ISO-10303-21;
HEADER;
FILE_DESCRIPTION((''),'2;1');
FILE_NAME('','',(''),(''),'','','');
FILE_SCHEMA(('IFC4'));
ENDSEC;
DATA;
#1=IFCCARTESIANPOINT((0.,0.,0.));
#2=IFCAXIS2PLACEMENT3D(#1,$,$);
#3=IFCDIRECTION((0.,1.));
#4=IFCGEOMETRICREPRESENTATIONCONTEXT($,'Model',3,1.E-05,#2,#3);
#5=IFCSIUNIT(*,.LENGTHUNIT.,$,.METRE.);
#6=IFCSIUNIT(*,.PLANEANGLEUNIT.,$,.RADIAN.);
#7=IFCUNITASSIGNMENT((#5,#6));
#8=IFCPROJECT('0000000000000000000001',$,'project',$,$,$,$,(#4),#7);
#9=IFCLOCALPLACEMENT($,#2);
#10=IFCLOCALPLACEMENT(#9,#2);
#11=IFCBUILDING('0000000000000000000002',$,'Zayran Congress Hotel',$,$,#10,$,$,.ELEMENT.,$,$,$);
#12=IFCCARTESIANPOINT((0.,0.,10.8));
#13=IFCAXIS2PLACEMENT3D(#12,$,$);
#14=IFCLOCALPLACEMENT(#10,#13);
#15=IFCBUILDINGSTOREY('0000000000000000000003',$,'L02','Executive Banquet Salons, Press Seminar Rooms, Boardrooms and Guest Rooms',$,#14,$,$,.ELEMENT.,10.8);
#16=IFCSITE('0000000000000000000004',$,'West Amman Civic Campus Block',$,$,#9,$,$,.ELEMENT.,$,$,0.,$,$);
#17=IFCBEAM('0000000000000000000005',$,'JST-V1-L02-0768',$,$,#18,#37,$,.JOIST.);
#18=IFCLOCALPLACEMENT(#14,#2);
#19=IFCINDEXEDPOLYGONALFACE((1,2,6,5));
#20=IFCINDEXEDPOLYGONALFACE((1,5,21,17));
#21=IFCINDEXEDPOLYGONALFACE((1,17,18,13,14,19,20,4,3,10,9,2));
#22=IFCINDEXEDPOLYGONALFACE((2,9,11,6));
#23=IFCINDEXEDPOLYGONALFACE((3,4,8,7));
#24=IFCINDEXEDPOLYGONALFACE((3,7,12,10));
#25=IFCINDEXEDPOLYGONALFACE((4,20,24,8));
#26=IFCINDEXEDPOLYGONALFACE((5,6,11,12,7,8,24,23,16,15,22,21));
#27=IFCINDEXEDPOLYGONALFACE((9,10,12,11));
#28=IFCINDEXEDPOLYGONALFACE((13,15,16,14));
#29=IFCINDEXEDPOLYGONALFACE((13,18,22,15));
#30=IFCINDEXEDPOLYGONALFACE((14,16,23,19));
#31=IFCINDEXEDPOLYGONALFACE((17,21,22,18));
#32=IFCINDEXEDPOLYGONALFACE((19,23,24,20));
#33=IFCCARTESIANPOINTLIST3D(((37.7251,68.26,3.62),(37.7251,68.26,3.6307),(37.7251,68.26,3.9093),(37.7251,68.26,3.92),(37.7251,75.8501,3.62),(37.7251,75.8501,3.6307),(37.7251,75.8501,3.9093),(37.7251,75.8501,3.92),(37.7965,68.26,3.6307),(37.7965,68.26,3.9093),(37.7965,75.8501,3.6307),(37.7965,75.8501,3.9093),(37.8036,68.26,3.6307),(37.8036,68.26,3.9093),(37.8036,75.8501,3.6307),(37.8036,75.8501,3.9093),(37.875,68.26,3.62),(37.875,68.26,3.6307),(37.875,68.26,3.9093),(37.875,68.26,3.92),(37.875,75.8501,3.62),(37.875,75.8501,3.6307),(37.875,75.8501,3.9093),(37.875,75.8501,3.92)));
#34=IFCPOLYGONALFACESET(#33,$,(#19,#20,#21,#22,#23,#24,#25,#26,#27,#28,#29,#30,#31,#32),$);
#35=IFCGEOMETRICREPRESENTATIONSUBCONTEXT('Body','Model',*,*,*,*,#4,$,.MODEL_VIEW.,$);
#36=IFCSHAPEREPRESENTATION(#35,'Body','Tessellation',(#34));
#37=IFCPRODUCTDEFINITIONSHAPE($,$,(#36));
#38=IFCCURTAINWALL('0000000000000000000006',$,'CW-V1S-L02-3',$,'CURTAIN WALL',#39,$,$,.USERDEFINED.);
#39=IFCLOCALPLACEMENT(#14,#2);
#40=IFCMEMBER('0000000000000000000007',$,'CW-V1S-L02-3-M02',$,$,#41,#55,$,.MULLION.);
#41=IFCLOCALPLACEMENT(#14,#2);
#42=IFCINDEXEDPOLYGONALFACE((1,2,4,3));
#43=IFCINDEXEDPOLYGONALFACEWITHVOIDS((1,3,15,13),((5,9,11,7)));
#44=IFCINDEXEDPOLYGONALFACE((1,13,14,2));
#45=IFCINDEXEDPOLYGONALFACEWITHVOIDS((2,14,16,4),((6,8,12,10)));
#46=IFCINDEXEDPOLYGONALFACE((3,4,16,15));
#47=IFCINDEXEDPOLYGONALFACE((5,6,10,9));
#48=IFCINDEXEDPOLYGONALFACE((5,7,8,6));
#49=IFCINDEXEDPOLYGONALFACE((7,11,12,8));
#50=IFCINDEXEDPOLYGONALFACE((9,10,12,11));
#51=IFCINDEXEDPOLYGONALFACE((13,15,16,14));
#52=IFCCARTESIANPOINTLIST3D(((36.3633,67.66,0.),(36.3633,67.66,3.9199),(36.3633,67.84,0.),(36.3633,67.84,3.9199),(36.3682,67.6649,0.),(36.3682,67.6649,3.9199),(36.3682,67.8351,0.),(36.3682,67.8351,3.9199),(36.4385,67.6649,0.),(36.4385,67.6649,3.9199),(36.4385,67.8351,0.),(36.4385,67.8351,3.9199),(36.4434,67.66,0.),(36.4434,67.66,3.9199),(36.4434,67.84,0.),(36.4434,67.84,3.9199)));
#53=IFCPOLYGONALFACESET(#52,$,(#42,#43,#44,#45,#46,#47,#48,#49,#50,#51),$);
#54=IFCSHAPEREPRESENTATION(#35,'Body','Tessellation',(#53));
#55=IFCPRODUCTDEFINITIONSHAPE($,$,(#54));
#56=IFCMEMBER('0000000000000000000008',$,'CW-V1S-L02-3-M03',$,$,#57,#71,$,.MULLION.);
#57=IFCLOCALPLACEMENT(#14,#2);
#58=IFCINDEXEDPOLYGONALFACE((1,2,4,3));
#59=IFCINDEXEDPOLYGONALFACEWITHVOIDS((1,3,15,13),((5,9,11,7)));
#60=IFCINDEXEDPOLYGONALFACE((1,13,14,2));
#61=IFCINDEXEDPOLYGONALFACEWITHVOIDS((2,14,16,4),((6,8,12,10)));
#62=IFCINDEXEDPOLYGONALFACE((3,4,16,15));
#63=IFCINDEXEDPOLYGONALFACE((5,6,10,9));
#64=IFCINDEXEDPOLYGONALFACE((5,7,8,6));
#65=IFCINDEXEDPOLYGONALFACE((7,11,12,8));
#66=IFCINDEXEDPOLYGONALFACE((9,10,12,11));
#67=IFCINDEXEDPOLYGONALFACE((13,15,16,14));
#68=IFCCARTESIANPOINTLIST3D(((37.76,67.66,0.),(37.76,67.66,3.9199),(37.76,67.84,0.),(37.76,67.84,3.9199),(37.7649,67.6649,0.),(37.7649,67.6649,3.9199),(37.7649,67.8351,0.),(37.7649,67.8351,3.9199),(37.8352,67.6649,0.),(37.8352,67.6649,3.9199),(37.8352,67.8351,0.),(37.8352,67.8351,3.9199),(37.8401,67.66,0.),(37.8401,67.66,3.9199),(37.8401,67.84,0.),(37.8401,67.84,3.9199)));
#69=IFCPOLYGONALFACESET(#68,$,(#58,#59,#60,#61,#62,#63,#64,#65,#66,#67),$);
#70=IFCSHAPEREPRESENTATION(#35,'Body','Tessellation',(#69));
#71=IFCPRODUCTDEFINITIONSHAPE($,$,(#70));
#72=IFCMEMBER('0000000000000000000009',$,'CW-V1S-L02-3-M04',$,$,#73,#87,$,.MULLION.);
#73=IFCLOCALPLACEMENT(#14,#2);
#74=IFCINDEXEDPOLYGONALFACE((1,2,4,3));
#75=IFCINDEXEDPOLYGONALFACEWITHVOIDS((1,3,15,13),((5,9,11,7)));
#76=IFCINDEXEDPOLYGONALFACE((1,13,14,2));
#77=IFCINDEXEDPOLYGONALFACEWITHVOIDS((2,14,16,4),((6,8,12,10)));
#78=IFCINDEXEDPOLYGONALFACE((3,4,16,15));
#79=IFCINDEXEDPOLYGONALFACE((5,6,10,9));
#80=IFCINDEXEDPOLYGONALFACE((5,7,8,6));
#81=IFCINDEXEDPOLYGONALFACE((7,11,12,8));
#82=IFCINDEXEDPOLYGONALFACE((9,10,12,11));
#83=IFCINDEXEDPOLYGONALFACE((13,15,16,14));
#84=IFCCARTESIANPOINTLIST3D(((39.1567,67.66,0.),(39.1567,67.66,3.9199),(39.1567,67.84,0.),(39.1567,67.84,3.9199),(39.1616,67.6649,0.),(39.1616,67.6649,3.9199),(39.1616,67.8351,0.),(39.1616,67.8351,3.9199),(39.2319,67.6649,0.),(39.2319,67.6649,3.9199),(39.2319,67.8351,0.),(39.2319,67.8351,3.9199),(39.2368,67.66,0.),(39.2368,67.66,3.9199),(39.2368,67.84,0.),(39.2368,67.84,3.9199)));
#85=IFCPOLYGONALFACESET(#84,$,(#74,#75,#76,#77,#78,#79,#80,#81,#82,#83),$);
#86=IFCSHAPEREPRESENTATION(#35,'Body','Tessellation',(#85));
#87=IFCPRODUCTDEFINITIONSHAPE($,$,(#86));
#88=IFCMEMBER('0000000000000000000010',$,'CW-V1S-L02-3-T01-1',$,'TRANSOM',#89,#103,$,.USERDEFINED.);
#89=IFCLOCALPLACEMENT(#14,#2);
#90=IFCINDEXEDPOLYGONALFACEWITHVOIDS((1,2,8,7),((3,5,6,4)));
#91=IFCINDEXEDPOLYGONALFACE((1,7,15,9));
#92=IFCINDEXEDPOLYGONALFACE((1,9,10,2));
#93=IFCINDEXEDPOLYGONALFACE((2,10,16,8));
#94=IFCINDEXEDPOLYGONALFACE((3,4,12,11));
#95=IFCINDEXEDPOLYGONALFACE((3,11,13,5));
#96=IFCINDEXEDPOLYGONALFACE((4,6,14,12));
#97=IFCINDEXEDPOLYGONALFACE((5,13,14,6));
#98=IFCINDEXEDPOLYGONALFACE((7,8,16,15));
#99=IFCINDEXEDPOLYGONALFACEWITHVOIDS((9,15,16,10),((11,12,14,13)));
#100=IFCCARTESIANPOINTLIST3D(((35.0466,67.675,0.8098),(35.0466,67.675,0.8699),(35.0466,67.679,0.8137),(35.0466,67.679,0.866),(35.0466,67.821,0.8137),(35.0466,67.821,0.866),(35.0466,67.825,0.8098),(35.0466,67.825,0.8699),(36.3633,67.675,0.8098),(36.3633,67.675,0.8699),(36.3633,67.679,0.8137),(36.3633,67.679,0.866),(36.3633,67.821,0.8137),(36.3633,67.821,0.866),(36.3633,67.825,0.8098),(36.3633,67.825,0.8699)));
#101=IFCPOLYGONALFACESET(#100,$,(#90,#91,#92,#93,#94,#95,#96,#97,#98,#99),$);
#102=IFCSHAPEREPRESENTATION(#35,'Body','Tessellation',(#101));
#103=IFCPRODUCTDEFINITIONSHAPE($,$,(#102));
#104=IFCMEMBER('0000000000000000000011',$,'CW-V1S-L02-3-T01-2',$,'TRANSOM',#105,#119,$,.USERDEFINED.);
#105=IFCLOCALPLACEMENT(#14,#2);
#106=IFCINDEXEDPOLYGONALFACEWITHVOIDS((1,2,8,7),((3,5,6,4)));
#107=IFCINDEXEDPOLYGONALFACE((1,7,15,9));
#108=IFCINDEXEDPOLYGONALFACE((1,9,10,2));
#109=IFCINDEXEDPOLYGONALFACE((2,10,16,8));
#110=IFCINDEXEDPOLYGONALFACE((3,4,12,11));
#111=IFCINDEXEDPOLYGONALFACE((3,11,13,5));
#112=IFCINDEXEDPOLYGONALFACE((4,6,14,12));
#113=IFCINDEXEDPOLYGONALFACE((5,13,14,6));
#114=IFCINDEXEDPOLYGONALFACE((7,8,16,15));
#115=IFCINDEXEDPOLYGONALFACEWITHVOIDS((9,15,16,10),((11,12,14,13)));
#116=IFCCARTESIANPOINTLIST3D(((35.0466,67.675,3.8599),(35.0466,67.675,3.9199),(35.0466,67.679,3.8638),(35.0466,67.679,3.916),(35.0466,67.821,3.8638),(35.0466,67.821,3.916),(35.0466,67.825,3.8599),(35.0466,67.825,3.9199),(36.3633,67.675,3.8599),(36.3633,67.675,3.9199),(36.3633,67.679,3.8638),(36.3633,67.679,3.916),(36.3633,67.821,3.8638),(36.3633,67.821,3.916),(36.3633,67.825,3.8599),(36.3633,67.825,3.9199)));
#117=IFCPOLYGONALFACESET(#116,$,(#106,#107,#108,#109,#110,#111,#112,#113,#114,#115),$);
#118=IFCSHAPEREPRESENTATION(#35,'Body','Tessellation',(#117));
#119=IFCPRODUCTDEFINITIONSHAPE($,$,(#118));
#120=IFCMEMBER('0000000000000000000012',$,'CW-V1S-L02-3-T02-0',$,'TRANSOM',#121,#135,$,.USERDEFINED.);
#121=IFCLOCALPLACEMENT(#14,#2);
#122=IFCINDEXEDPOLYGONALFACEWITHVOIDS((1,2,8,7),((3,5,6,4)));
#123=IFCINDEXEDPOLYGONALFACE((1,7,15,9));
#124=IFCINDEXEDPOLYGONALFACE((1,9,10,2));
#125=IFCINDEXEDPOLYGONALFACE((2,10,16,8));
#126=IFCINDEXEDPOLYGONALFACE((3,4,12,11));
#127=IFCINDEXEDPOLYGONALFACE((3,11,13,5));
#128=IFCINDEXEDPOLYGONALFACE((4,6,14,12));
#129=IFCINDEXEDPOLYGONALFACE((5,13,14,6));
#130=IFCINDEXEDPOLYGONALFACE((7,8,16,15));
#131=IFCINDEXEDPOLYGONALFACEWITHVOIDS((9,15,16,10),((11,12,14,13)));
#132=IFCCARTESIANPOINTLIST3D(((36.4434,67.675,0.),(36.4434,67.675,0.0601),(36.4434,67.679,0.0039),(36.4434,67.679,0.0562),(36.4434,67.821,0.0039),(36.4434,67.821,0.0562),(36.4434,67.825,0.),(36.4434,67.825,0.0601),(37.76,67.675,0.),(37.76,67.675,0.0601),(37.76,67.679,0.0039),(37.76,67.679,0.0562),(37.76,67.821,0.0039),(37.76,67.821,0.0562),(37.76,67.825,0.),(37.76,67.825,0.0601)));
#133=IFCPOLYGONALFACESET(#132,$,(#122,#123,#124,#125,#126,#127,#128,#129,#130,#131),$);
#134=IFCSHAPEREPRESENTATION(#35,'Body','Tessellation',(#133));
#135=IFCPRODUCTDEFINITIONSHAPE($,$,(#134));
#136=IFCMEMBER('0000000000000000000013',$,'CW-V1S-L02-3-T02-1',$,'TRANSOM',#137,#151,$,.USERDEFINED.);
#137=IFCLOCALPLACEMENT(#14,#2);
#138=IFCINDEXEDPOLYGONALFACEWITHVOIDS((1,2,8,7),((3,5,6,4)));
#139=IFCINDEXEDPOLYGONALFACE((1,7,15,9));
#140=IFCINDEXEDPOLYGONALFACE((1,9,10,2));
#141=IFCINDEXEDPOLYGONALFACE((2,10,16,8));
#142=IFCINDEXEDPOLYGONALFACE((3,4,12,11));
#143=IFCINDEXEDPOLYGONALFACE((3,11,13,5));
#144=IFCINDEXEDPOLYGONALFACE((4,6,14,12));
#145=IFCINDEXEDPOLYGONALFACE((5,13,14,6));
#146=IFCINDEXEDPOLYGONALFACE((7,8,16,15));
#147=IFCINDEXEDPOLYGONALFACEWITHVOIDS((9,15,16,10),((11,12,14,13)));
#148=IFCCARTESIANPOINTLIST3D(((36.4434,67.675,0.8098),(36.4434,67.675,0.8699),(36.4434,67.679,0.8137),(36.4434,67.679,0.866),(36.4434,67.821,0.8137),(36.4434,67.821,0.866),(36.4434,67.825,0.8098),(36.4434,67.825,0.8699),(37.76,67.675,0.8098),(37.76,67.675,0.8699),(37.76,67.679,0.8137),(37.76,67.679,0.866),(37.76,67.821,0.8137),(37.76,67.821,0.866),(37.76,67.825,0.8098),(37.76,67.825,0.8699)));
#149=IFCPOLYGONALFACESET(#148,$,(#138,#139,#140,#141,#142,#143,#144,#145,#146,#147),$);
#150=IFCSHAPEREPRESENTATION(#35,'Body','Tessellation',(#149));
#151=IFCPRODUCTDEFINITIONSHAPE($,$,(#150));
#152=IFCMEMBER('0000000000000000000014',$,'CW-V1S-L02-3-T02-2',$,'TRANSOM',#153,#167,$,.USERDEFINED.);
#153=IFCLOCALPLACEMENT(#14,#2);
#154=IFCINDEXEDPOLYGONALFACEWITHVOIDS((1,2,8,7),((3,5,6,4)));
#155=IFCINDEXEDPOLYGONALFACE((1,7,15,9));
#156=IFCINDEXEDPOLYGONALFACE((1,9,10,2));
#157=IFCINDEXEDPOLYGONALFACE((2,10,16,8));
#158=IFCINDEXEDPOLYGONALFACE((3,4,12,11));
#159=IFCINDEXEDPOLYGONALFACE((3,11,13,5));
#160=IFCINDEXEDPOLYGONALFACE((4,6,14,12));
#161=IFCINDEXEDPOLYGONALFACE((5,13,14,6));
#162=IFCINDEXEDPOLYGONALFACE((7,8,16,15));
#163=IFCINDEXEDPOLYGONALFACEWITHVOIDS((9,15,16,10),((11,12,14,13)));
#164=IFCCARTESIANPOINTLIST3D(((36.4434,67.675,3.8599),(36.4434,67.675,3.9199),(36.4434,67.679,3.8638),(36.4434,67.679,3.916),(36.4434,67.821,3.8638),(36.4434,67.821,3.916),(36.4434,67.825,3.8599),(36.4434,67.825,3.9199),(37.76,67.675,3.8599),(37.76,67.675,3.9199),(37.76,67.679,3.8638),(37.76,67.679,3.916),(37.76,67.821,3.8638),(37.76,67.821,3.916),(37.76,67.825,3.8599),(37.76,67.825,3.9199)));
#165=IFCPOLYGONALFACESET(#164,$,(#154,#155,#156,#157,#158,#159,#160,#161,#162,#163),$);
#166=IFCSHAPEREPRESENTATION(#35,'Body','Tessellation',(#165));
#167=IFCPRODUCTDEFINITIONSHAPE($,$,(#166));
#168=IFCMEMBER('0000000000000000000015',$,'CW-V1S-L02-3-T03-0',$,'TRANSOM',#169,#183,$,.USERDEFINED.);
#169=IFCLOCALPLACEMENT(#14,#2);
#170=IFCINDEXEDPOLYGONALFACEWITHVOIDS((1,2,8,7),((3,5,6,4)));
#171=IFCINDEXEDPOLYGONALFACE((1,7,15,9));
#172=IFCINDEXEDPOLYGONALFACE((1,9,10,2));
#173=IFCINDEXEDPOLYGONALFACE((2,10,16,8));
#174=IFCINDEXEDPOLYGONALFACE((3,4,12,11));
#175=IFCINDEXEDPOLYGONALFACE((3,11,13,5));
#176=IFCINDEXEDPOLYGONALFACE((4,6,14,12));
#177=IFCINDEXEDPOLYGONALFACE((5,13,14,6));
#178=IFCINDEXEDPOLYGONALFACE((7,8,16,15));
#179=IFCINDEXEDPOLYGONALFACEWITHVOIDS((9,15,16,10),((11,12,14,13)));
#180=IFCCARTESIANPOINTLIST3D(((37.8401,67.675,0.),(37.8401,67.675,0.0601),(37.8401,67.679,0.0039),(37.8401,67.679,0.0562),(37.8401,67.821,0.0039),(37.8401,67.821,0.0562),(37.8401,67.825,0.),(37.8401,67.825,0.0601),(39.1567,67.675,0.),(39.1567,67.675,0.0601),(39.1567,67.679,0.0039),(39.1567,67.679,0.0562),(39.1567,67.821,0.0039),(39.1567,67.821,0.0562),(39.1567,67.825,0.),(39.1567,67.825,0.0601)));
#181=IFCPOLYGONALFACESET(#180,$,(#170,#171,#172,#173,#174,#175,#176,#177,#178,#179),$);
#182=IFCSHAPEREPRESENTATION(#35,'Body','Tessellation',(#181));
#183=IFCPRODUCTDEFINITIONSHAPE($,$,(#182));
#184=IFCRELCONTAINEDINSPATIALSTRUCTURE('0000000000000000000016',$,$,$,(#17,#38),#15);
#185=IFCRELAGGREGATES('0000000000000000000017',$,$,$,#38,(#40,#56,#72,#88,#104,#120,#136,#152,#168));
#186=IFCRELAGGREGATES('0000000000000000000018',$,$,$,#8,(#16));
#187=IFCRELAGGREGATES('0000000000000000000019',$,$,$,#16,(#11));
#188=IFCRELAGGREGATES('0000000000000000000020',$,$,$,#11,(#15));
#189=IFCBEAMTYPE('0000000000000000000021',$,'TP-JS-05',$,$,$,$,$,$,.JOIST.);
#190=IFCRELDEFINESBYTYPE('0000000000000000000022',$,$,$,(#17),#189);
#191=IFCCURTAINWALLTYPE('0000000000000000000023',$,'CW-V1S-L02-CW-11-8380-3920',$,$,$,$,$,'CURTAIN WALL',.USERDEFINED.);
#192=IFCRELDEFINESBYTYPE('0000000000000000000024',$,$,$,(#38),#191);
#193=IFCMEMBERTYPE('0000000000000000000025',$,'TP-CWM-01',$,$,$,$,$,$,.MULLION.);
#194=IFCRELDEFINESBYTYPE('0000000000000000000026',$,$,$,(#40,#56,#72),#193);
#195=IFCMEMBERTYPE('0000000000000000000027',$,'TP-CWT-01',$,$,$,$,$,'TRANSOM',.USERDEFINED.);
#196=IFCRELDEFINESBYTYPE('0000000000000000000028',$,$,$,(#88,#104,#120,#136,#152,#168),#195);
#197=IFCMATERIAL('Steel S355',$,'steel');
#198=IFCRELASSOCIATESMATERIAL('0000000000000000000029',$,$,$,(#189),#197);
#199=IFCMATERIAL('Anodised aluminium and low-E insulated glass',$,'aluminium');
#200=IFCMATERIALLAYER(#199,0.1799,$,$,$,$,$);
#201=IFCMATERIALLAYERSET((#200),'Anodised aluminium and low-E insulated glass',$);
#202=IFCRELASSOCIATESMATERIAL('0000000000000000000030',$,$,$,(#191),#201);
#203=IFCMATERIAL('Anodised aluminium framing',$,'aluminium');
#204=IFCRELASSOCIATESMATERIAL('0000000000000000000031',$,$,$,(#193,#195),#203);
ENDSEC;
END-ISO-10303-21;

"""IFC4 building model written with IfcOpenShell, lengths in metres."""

from ifc_helpers import new_model, si_unit, direction, frame, origin, origin_2d, place, context, subcontext, project, spatial, hollow_rectangle, i_section, extrude, material, layer, layer_set, material_profile, profile_set, type_object, element, aggregate, save


model = new_model("IFC4")

# Units and contexts
model_context = context("Model", 3, precision=1e-05, world=origin(), true_north=direction((0.0, 1.0)))
body_context = subcontext(model_context, "Body", "Model", "MODEL_VIEW")
ifc_project = project(units=[si_unit("LENGTHUNIT", "METRE"), si_unit("PLANEANGLEUNIT", "RADIAN")], contexts=[model_context])

# Site, building, storey
site_placement = place(None, origin())
site = spatial("IfcSite", under=ifc_project, at=site_placement, Name="West Amman Civic Campus Block", CompositionType="ELEMENT", RefElevation=0.0)
building_placement = place(site_placement, origin())
building = spatial("IfcBuilding", under=site, at=building_placement, Name="Zayran Congress Hotel", CompositionType="ELEMENT")
storey_placement = place(building_placement, frame((0.0, 0.0, 10.8)))
storey = spatial("IfcBuildingStorey", under=building, at=storey_placement, Name="L02", Description="Executive Banquet Salons, Press Seminar Rooms, Boardrooms and Guest Rooms", CompositionType="ELEMENT", Elevation=10.8)

# Beam
ifc_material_1 = material(Name="Steel S355", Category="steel")
ifc_material_profile_1 = material_profile(ifc_material_1, i_section(OverallWidth=0.1499, OverallDepth=0.3, WebThickness=0.0071, FlangeThickness=0.0107, at=origin_2d()), Name="IPE 300")
ifc_profile_set_1 = profile_set([ifc_material_profile_1], Name="Steel S355")
beam_type = type_object("IfcBeamType", Name="TP-JS-05", PredefinedType="JOIST", material=ifc_profile_set_1)
beam_placement = place(storey_placement, frame((37.8, 68.26, 3.77), z_axis=(0.0, 1.0, 0.0), x_axis=(-1.0, 0.0, 0.0)))
element("IfcBeam", 1, at=beam_placement, inside=storey, type_object=beam_type, Name="JST-V1-L02-0768", PredefinedType="JOIST", context=body_context, shape_type="SweptSolid", body=[
    extrude(i_section(OverallWidth=0.1499, OverallDepth=0.3, WebThickness=0.0071, FlangeThickness=0.0107, at=origin_2d()), origin(), (0.0, 0.0, 1.0), 7.5901),
])

# Curtain wall, members
ifc_material_2 = material(Name="Anodised aluminium and low-E insulated glass", Category="aluminium")
ifc_layer_1 = layer(ifc_material_2, 0.1799)
ifc_layer_set_1 = layer_set([ifc_layer_1], Name="Anodised aluminium and low-E insulated glass")
curtain_wall_type = type_object("IfcCurtainWallType", Name="CW-V1S-L02-CW-11-8380-3920", ElementType="CURTAIN WALL", PredefinedType="USERDEFINED", material=ifc_layer_set_1)
curtain_wall_placement = place(storey_placement, origin())
curtain_wall = element("IfcCurtainWall", 2, at=curtain_wall_placement, inside=storey, type_object=curtain_wall_type, Name="CW-V1S-L02-3", ObjectType="CURTAIN WALL", PredefinedType="USERDEFINED")
ifc_material_3 = material(Name="Anodised aluminium framing", Category="aluminium")
ifc_material_profile_2 = material_profile(ifc_material_3, hollow_rectangle(XDim=0.0801, YDim=0.1799, WallThickness=0.0049, at=origin_2d()), Name="RHS 180x80x5")
ifc_profile_set_2 = profile_set([ifc_material_profile_2], Name="Anodised aluminium framing")
member_type_1 = type_object("IfcMemberType", Name="TP-CWM-01", PredefinedType="MULLION", material=ifc_profile_set_2)
member_1_placement = place(storey_placement, frame((36.4033, 67.75, 0.0), z_axis=(0.0, 0.0, 1.0), x_axis=(1.0, 0.0, 0.0)))
member_1 = element("IfcMember", 3, at=member_1_placement, type_object=member_type_1, Name="CW-V1S-L02-3-M02", PredefinedType="MULLION", context=body_context, shape_type="SweptSolid", body=[
    extrude(hollow_rectangle(XDim=0.0801, YDim=0.1799, WallThickness=0.0049, at=origin_2d()), origin(), (0.0, 0.0, 1.0), 3.9199),
])
member_2_placement = place(storey_placement, frame((37.8, 67.75, 0.0), z_axis=(0.0, 0.0, 1.0), x_axis=(1.0, 0.0, 0.0)))
member_2 = element("IfcMember", 4, at=member_2_placement, type_object=member_type_1, Name="CW-V1S-L02-3-M03", PredefinedType="MULLION", context=body_context, shape_type="SweptSolid", body=[
    extrude(hollow_rectangle(XDim=0.0801, YDim=0.1799, WallThickness=0.0049, at=origin_2d()), origin(), (0.0, 0.0, 1.0), 3.9199),
])
member_3_placement = place(storey_placement, frame((39.1968, 67.75, 0.0), z_axis=(0.0, 0.0, 1.0), x_axis=(1.0, 0.0, 0.0)))
member_3 = element("IfcMember", 5, at=member_3_placement, type_object=member_type_1, Name="CW-V1S-L02-3-M04", PredefinedType="MULLION", context=body_context, shape_type="SweptSolid", body=[
    extrude(hollow_rectangle(XDim=0.0801, YDim=0.1799, WallThickness=0.0049, at=origin_2d()), origin(), (0.0, 0.0, 1.0), 3.9199),
])
ifc_material_profile_3 = material_profile(ifc_material_3, hollow_rectangle(XDim=0.0601, YDim=0.1499, WallThickness=0.0039, at=origin_2d()), Name="RHS 150x60x4")
ifc_profile_set_3 = profile_set([ifc_material_profile_3], Name="Anodised aluminium framing")
member_type_2 = type_object("IfcMemberType", Name="TP-CWT-01", ElementType="TRANSOM", PredefinedType="USERDEFINED", material=ifc_profile_set_3)
member_4_placement = place(storey_placement, frame((35.0466, 67.75, 0.8398), z_axis=(1.0, 0.0, 0.0), x_axis=(0.0, 0.0, 1.0)))
member_4 = element("IfcMember", 6, at=member_4_placement, type_object=member_type_2, Name="CW-V1S-L02-3-T01-1", ObjectType="TRANSOM", PredefinedType="USERDEFINED", context=body_context, shape_type="SweptSolid", body=[
    extrude(hollow_rectangle(XDim=0.0601, YDim=0.1499, WallThickness=0.0039, at=origin_2d()), origin(), (0.0, 0.0, 1.0), 1.3167),
])
member_5_placement = place(storey_placement, frame((35.0466, 67.75, 3.8899), z_axis=(1.0, 0.0, 0.0), x_axis=(0.0, 0.0, 1.0)))
member_5 = element("IfcMember", 7, at=member_5_placement, type_object=member_type_2, Name="CW-V1S-L02-3-T01-2", ObjectType="TRANSOM", PredefinedType="USERDEFINED", context=body_context, shape_type="SweptSolid", body=[
    extrude(hollow_rectangle(XDim=0.0601, YDim=0.1499, WallThickness=0.0039, at=origin_2d()), origin(), (0.0, 0.0, 1.0), 1.3167),
])
member_6_placement = place(storey_placement, frame((36.4434, 67.75, 0.03), z_axis=(1.0, 0.0, 0.0), x_axis=(0.0, 0.0, 1.0)))
member_6 = element("IfcMember", 8, at=member_6_placement, type_object=member_type_2, Name="CW-V1S-L02-3-T02-0", ObjectType="TRANSOM", PredefinedType="USERDEFINED", context=body_context, shape_type="SweptSolid", body=[
    extrude(hollow_rectangle(XDim=0.0601, YDim=0.1499, WallThickness=0.0039, at=origin_2d()), origin(), (0.0, 0.0, 1.0), 1.3167),
])
member_7_placement = place(storey_placement, frame((36.4434, 67.75, 0.8398), z_axis=(1.0, 0.0, 0.0), x_axis=(0.0, 0.0, 1.0)))
member_7 = element("IfcMember", 9, at=member_7_placement, type_object=member_type_2, Name="CW-V1S-L02-3-T02-1", ObjectType="TRANSOM", PredefinedType="USERDEFINED", context=body_context, shape_type="SweptSolid", body=[
    extrude(hollow_rectangle(XDim=0.0601, YDim=0.1499, WallThickness=0.0039, at=origin_2d()), origin(), (0.0, 0.0, 1.0), 1.3167),
])
member_8_placement = place(storey_placement, frame((36.4434, 67.75, 3.8899), z_axis=(1.0, 0.0, 0.0), x_axis=(0.0, 0.0, 1.0)))
member_8 = element("IfcMember", 10, at=member_8_placement, type_object=member_type_2, Name="CW-V1S-L02-3-T02-2", ObjectType="TRANSOM", PredefinedType="USERDEFINED", context=body_context, shape_type="SweptSolid", body=[
    extrude(hollow_rectangle(XDim=0.0601, YDim=0.1499, WallThickness=0.0039, at=origin_2d()), origin(), (0.0, 0.0, 1.0), 1.3167),
])
member_9_placement = place(storey_placement, frame((37.8401, 67.75, 0.03), z_axis=(1.0, 0.0, 0.0), x_axis=(0.0, 0.0, 1.0)))
member_9 = element("IfcMember", 11, at=member_9_placement, type_object=member_type_2, Name="CW-V1S-L02-3-T03-0", ObjectType="TRANSOM", PredefinedType="USERDEFINED", context=body_context, shape_type="SweptSolid", body=[
    extrude(hollow_rectangle(XDim=0.0601, YDim=0.1499, WallThickness=0.0039, at=origin_2d()), origin(), (0.0, 0.0, 1.0), 1.3167),
])
aggregate(curtain_wall, [member_1, member_2, member_3, member_4, member_5, member_6, member_7, member_8, member_9])

save(model, "model.ifc")
